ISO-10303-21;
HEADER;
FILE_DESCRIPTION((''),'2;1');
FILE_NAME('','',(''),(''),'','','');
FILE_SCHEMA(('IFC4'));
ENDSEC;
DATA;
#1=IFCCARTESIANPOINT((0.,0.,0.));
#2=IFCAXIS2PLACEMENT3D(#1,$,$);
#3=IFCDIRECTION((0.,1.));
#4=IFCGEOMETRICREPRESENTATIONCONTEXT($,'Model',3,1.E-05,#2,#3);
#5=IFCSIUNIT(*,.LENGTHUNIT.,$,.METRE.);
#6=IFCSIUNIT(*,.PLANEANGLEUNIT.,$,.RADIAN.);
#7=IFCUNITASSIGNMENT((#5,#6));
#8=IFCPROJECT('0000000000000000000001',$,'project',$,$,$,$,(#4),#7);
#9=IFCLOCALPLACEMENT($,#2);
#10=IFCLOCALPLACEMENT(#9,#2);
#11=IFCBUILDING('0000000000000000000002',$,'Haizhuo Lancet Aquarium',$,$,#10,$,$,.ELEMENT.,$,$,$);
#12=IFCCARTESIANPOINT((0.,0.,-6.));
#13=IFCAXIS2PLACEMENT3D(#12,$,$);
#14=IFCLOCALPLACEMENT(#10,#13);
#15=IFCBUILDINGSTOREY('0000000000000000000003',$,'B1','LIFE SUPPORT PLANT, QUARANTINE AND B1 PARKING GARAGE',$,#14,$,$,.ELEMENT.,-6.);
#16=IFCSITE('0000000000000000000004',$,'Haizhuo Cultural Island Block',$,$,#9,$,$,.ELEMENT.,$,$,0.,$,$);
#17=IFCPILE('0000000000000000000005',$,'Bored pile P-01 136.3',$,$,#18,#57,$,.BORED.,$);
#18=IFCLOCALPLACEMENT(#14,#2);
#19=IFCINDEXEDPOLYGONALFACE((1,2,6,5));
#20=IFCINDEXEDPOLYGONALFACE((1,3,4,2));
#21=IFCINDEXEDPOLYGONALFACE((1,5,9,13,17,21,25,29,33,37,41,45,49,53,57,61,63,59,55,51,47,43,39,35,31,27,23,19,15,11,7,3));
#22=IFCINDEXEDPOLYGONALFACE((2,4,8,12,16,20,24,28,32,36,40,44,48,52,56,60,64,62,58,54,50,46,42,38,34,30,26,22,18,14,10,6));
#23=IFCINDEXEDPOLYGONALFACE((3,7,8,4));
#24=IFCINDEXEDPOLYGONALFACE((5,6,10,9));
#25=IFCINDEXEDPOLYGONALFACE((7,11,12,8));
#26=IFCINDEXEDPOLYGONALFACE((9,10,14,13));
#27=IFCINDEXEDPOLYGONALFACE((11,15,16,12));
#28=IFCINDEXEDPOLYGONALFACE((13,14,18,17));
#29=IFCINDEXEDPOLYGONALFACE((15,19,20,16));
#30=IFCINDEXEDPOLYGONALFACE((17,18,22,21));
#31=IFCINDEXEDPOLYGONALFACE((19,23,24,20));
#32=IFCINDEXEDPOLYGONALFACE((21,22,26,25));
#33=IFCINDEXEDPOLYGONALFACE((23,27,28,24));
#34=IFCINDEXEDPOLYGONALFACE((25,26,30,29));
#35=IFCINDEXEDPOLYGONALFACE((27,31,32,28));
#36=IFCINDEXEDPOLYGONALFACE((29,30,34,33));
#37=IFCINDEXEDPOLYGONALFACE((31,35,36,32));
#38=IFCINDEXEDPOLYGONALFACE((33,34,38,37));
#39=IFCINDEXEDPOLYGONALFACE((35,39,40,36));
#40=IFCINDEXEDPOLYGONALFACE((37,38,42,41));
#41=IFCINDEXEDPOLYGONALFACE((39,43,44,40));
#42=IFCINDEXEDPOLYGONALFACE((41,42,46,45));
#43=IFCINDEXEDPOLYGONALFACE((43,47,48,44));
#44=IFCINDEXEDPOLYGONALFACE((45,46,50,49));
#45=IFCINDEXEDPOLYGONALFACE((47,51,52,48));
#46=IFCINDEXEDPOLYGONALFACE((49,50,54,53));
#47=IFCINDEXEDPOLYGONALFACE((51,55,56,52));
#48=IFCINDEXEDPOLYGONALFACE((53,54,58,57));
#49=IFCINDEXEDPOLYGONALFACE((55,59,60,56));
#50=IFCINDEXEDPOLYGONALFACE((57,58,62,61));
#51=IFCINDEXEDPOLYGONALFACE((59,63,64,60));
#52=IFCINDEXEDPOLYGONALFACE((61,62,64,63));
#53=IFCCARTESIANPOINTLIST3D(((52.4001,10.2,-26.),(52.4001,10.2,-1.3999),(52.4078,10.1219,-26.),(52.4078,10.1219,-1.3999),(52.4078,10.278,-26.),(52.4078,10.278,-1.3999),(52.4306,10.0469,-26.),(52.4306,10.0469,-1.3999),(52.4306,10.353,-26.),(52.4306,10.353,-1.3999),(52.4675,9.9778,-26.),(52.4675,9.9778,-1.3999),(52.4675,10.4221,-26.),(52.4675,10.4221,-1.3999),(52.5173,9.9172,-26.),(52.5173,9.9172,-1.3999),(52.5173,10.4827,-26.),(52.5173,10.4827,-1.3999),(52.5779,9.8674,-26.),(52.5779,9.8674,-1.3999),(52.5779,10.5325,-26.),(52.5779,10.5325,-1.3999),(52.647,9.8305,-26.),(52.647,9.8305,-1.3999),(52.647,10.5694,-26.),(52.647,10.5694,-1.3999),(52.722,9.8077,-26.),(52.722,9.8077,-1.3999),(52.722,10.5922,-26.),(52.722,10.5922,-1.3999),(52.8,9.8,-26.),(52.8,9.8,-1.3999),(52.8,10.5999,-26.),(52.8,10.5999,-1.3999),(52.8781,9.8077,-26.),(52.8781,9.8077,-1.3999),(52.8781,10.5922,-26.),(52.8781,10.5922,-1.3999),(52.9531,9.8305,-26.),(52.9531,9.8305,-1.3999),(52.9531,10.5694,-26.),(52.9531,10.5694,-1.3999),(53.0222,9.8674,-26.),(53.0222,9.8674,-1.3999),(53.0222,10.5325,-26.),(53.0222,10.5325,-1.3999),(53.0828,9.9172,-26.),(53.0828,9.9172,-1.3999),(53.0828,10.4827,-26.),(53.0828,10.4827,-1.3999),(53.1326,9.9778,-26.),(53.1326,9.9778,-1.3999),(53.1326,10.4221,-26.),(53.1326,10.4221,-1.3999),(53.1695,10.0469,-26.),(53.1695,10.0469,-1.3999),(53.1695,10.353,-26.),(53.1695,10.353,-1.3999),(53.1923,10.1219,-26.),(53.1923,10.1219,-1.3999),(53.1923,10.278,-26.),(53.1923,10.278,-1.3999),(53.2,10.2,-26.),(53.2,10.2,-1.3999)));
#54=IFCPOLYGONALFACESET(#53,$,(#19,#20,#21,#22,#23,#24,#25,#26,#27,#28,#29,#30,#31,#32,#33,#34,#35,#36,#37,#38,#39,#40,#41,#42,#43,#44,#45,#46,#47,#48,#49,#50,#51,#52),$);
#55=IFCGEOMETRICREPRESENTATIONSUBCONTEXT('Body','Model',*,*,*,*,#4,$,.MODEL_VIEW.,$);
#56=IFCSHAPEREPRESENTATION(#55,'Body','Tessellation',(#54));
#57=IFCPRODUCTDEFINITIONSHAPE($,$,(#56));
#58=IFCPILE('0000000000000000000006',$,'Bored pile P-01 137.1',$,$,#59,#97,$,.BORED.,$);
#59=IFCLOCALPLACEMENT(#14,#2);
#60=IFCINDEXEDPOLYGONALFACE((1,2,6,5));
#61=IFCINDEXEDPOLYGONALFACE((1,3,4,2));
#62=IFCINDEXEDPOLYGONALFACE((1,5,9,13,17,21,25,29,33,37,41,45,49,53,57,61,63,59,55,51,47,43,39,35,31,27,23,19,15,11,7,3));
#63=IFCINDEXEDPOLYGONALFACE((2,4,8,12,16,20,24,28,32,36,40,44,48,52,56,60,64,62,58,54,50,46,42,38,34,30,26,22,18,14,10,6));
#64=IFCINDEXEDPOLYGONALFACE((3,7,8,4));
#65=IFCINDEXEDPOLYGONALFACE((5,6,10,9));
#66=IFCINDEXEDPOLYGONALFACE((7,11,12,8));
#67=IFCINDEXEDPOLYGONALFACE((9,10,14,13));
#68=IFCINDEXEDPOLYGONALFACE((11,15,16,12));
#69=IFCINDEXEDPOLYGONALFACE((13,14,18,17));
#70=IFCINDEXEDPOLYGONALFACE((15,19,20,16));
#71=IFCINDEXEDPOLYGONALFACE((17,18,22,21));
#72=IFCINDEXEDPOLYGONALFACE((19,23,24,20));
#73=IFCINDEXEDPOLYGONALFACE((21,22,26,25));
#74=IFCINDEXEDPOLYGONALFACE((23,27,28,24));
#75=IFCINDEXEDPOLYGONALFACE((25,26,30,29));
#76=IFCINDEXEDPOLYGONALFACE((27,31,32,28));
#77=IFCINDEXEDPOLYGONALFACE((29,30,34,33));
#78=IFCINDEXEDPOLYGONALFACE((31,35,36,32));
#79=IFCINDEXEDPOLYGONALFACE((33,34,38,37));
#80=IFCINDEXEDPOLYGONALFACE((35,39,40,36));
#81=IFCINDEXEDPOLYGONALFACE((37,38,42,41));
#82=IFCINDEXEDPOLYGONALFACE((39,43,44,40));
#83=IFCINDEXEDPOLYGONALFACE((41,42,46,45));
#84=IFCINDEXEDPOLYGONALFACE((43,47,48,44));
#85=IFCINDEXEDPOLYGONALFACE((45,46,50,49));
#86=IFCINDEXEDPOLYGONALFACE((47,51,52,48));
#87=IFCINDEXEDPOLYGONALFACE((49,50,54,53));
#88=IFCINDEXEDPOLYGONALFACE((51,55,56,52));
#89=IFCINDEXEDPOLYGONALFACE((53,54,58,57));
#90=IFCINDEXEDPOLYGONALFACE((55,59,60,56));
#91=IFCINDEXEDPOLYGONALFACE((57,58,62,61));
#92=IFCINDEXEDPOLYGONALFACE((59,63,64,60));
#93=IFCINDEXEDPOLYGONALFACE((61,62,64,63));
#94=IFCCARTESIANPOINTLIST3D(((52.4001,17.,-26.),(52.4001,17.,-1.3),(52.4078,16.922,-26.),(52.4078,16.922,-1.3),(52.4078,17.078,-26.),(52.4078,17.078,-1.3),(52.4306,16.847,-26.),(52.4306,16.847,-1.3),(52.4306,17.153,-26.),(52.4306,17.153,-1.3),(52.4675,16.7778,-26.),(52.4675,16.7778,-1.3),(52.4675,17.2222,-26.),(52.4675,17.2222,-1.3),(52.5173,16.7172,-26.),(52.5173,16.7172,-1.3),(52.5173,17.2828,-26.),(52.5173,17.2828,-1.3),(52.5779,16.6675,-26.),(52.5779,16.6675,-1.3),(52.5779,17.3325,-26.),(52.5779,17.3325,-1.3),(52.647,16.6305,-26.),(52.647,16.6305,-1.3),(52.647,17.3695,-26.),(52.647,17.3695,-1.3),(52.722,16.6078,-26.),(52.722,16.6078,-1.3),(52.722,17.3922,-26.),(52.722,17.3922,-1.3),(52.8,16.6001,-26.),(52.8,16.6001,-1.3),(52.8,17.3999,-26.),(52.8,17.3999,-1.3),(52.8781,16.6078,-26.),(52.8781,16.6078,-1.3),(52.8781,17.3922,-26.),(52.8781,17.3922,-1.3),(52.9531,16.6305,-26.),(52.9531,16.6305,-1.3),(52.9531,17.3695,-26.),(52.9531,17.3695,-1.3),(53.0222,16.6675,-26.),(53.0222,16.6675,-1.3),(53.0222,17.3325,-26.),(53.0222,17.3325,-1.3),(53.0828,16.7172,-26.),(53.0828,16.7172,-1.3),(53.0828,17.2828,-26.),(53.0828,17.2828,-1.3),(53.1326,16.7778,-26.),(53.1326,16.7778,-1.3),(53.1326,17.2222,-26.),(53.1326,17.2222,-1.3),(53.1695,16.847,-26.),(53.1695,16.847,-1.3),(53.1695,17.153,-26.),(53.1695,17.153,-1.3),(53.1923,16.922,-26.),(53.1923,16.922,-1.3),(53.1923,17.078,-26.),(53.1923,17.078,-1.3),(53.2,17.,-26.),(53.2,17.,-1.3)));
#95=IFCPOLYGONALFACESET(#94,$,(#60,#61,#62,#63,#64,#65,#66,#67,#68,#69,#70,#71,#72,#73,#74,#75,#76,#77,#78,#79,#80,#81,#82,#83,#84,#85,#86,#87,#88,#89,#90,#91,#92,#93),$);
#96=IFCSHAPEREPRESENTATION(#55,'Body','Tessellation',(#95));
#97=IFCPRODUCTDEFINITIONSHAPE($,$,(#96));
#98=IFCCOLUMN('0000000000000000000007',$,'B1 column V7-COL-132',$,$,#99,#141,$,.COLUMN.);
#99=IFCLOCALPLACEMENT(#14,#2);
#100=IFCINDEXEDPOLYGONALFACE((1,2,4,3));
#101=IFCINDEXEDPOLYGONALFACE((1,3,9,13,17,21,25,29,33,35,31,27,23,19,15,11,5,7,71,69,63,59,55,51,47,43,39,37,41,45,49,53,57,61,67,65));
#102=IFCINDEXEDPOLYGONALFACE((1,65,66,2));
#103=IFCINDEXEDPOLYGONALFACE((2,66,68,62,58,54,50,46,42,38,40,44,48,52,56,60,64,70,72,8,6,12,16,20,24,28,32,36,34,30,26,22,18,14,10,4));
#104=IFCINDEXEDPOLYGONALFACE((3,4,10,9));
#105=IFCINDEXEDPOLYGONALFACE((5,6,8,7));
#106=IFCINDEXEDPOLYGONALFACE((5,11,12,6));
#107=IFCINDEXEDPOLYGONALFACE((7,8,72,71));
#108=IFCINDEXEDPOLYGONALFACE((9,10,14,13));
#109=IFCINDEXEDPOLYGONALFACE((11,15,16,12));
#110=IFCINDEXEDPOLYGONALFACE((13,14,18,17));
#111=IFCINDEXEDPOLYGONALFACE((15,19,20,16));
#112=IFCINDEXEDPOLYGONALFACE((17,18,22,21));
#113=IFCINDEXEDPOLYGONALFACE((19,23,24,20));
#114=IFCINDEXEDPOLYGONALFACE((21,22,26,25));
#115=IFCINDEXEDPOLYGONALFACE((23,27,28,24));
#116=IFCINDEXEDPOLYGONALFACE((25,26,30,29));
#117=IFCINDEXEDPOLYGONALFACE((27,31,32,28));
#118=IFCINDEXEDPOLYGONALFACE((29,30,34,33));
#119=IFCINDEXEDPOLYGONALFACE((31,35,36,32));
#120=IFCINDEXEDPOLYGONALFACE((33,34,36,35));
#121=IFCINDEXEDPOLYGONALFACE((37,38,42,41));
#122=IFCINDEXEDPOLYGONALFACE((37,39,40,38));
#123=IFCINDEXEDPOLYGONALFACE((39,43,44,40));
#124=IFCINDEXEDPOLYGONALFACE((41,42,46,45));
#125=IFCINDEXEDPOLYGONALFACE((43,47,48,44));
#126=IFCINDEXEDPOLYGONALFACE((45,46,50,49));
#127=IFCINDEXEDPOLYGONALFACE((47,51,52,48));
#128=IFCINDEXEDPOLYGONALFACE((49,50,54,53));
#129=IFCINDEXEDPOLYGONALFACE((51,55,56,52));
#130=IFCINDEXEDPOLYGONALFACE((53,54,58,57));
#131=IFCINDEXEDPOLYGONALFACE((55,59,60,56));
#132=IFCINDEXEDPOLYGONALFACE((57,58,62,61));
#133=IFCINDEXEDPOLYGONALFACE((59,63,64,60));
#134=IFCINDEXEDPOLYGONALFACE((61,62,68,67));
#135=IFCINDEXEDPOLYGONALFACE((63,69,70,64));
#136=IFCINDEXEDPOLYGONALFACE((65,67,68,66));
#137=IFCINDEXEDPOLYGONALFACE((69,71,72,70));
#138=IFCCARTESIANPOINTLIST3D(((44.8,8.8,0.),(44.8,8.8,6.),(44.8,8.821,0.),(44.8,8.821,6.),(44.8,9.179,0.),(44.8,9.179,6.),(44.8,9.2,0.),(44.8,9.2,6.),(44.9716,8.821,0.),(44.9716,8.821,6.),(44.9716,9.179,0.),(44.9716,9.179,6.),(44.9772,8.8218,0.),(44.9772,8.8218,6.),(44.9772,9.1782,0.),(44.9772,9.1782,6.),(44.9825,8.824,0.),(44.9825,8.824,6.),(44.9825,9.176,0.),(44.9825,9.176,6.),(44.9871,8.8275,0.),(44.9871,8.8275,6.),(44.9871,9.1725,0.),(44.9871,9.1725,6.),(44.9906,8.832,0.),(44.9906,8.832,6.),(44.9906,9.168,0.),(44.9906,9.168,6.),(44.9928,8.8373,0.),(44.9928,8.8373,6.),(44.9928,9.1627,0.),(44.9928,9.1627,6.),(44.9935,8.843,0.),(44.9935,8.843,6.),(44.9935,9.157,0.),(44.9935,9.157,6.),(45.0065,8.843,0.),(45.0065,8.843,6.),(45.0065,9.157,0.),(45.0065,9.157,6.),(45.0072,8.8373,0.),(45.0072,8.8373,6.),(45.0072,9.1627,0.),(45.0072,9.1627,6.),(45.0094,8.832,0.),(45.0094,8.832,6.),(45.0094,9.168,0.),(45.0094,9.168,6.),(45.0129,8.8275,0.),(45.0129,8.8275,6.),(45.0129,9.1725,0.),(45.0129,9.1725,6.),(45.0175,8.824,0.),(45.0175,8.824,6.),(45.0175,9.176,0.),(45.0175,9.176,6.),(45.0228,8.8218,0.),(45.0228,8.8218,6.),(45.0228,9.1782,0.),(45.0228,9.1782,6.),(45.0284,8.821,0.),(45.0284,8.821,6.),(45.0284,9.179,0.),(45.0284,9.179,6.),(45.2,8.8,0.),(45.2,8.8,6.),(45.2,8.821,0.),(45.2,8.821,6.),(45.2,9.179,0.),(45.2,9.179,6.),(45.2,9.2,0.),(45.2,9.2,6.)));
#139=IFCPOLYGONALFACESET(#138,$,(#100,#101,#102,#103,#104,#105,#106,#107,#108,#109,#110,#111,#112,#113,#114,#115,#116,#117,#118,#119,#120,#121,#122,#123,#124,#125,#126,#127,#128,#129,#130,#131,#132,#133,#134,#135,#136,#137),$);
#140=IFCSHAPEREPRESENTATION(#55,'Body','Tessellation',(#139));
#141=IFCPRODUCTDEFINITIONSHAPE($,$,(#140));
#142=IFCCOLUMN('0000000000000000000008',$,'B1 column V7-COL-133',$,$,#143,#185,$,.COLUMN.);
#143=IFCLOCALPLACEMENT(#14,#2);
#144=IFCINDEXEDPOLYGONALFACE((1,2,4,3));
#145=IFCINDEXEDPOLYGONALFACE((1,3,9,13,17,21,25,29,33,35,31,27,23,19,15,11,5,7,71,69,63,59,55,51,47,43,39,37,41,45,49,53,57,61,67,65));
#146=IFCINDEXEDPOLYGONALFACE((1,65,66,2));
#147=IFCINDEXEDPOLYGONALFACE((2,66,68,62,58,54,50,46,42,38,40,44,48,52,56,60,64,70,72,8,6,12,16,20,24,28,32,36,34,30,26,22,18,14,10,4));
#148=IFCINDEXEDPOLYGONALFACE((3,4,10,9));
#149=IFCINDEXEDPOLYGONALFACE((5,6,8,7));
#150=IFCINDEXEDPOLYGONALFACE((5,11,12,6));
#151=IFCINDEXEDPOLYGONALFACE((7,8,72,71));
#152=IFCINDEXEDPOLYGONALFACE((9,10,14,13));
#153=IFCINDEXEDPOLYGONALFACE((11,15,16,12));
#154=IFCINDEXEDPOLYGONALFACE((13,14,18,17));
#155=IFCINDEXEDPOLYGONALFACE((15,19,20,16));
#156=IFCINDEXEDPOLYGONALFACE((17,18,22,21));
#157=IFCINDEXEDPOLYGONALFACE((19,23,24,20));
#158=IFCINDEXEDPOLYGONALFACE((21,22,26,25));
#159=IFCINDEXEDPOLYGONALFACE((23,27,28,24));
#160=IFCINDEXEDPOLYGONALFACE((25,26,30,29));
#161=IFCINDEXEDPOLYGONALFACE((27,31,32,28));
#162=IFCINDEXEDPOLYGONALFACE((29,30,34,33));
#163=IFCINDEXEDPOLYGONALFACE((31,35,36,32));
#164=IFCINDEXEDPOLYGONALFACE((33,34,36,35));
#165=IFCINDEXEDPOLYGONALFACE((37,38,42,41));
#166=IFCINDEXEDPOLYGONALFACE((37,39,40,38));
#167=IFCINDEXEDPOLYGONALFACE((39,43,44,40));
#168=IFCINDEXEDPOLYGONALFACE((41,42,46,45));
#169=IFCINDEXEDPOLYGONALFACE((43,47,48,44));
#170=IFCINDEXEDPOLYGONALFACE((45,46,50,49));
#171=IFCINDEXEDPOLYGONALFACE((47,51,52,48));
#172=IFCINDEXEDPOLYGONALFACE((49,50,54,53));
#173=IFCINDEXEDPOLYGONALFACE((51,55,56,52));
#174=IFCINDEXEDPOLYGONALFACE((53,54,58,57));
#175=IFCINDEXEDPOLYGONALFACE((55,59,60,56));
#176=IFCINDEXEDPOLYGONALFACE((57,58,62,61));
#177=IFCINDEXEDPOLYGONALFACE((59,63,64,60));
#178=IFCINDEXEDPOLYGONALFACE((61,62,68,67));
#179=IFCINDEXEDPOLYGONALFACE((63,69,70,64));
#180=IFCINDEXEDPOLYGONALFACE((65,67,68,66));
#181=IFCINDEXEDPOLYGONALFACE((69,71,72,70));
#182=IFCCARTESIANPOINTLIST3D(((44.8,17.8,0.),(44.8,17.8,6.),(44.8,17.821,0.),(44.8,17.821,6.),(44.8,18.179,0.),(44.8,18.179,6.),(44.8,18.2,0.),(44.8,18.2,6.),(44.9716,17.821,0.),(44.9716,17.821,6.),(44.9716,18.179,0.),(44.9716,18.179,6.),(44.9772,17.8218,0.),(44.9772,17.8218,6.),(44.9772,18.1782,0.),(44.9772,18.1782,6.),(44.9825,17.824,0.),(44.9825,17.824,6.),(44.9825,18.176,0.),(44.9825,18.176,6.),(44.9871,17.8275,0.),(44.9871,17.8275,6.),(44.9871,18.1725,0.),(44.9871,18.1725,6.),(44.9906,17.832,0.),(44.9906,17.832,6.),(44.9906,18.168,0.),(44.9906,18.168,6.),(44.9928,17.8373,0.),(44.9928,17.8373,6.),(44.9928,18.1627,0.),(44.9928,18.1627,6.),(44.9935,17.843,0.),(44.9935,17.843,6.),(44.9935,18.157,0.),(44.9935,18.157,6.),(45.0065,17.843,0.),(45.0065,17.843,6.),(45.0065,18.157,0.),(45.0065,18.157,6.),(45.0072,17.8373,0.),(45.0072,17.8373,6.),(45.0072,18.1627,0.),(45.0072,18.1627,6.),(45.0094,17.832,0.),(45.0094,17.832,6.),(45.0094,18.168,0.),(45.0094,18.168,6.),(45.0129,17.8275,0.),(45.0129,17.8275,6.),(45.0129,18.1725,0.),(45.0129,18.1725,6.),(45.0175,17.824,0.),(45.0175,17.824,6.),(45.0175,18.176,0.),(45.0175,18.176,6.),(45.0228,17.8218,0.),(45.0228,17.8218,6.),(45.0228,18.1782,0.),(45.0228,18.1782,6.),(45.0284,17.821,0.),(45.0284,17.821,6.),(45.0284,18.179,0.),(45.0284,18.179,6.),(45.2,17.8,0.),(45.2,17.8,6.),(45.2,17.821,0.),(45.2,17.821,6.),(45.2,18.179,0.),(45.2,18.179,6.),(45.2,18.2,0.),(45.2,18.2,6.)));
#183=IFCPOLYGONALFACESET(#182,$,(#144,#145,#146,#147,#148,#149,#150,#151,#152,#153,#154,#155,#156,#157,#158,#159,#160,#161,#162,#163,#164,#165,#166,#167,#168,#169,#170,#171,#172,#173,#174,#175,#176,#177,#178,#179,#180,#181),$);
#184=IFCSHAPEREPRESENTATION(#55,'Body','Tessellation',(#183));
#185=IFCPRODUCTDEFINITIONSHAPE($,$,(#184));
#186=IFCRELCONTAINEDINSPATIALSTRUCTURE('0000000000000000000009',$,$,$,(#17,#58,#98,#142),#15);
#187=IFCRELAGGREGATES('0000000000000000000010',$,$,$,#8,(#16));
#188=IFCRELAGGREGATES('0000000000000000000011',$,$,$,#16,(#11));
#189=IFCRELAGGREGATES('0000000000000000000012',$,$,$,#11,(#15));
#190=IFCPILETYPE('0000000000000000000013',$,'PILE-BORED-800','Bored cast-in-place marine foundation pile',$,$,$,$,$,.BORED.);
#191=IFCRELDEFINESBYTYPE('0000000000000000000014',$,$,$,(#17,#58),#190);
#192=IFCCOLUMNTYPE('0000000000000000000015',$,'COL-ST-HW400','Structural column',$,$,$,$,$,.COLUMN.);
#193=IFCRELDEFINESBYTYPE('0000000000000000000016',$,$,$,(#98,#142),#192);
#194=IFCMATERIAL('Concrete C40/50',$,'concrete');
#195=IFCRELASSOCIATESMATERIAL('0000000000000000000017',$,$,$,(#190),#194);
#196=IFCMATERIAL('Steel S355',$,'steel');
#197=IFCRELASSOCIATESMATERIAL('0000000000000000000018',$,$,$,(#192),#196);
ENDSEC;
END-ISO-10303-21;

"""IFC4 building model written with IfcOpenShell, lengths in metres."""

from ifc_helpers import new_model, si_unit, direction, frame, origin, origin_2d, place, context, subcontext, project, spatial, circle, i_section, extrude, material, material_profile, profile_set, type_object, element, save


model = new_model("IFC4")

# Units and contexts
model_context = context("Model", 3, precision=1e-05, world=origin(), true_north=direction((0.0, 1.0)))
body_context = subcontext(model_context, "Body", "Model", "MODEL_VIEW")
ifc_project = project(units=[si_unit("LENGTHUNIT", "METRE"), si_unit("PLANEANGLEUNIT", "RADIAN")], contexts=[model_context])

# Site, building, storey
site_placement = place(None, origin())
site = spatial("IfcSite", under=ifc_project, at=site_placement, Name="Haizhuo Cultural Island Block", CompositionType="ELEMENT", RefElevation=0.0)
building_placement = place(site_placement, origin())
building = spatial("IfcBuilding", under=site, at=building_placement, Name="Haizhuo Lancet Aquarium", CompositionType="ELEMENT")
storey_placement = place(building_placement, frame((0.0, 0.0, -6.0)))
storey = spatial("IfcBuildingStorey", under=building, at=storey_placement, Name="B1", Description="LIFE SUPPORT PLANT, QUARANTINE AND B1 PARKING GARAGE", CompositionType="ELEMENT", Elevation=-6.0)

# Shared definitions
ifc_material_1 = material(Name="Concrete C40/50", Category="concrete")

# Piles
ifc_material_profile_1 = material_profile(ifc_material_1, circle(Radius=0.3999, at=origin_2d()), Name="PILE-800")
ifc_profile_set_1 = profile_set([ifc_material_profile_1], Name="Concrete C40/50")
pile_type = type_object("IfcPileType", Name="PILE-BORED-800", Description="Bored cast-in-place marine foundation pile", PredefinedType="BORED", material=ifc_profile_set_1)
for number, where, z_axis, x_axis, name in (
    (1, (52.8, 10.2, -1.3999), (0.0, 0.0, -1.0), (1.0, 0.0, 0.0), "Bored pile P-01 136.3"),
):
    element("IfcPile", number, at=place(storey_placement, frame(where, z_axis=z_axis, x_axis=x_axis)), inside=storey, type_object=pile_type, Name=name, PredefinedType="BORED", context=body_context, shape_type="SweptSolid", body=[
        extrude(circle(Radius=0.3999, at=origin_2d()), origin(), (0.0, 0.0, 1.0), 24.6001),
    ])
pile_1_placement = place(storey_placement, frame((52.8, 17.0, -1.3), z_axis=(0.0, 0.0, -1.0), x_axis=(1.0, 0.0, 0.0)))
element("IfcPile", 2, at=pile_1_placement, inside=storey, type_object=pile_type, Name="Bored pile P-01 137.1", PredefinedType="BORED", context=body_context, shape_type="SweptSolid", body=[
    extrude(circle(Radius=0.3999, at=origin_2d()), origin(), (0.0, 0.0, 1.0), 24.7),
])

# Columns
ifc_material_2 = material(Name="Steel S355", Category="steel")
ifc_material_profile_2 = material_profile(ifc_material_2, i_section(OverallWidth=0.3999, OverallDepth=0.3999, WebThickness=0.0129, FlangeThickness=0.021, FilletRadius=0.022, at=origin_2d()), Name="HW 400x400x13x21")
ifc_profile_set_2 = profile_set([ifc_material_profile_2], Name="Steel S355")
column_type = type_object("IfcColumnType", Name="COL-ST-HW400", Description="Structural column", PredefinedType="COLUMN", material=ifc_profile_set_2)
for number, where, z_axis, x_axis, name in (
    (3, (45.0, 9.0, 0.0), (0.0, 0.0, 1.0), (1.0, 0.0, 0.0), "B1 column V7-COL-132"),
    (4, (45.0, 18.0, 0.0), (0.0, 0.0, 1.0), (1.0, 0.0, 0.0), "B1 column V7-COL-133"),
):
    element("IfcColumn", number, at=place(storey_placement, frame(where, z_axis=z_axis, x_axis=x_axis)), inside=storey, type_object=column_type, Name=name, PredefinedType="COLUMN", context=body_context, shape_type="SweptSolid", body=[
        extrude(i_section(OverallWidth=0.3999, OverallDepth=0.3999, WebThickness=0.0129, FlangeThickness=0.021, FilletRadius=0.022, at=origin_2d()), origin(), (0.0, 0.0, 1.0), 6.0),
    ])

save(model, "model.ifc")
